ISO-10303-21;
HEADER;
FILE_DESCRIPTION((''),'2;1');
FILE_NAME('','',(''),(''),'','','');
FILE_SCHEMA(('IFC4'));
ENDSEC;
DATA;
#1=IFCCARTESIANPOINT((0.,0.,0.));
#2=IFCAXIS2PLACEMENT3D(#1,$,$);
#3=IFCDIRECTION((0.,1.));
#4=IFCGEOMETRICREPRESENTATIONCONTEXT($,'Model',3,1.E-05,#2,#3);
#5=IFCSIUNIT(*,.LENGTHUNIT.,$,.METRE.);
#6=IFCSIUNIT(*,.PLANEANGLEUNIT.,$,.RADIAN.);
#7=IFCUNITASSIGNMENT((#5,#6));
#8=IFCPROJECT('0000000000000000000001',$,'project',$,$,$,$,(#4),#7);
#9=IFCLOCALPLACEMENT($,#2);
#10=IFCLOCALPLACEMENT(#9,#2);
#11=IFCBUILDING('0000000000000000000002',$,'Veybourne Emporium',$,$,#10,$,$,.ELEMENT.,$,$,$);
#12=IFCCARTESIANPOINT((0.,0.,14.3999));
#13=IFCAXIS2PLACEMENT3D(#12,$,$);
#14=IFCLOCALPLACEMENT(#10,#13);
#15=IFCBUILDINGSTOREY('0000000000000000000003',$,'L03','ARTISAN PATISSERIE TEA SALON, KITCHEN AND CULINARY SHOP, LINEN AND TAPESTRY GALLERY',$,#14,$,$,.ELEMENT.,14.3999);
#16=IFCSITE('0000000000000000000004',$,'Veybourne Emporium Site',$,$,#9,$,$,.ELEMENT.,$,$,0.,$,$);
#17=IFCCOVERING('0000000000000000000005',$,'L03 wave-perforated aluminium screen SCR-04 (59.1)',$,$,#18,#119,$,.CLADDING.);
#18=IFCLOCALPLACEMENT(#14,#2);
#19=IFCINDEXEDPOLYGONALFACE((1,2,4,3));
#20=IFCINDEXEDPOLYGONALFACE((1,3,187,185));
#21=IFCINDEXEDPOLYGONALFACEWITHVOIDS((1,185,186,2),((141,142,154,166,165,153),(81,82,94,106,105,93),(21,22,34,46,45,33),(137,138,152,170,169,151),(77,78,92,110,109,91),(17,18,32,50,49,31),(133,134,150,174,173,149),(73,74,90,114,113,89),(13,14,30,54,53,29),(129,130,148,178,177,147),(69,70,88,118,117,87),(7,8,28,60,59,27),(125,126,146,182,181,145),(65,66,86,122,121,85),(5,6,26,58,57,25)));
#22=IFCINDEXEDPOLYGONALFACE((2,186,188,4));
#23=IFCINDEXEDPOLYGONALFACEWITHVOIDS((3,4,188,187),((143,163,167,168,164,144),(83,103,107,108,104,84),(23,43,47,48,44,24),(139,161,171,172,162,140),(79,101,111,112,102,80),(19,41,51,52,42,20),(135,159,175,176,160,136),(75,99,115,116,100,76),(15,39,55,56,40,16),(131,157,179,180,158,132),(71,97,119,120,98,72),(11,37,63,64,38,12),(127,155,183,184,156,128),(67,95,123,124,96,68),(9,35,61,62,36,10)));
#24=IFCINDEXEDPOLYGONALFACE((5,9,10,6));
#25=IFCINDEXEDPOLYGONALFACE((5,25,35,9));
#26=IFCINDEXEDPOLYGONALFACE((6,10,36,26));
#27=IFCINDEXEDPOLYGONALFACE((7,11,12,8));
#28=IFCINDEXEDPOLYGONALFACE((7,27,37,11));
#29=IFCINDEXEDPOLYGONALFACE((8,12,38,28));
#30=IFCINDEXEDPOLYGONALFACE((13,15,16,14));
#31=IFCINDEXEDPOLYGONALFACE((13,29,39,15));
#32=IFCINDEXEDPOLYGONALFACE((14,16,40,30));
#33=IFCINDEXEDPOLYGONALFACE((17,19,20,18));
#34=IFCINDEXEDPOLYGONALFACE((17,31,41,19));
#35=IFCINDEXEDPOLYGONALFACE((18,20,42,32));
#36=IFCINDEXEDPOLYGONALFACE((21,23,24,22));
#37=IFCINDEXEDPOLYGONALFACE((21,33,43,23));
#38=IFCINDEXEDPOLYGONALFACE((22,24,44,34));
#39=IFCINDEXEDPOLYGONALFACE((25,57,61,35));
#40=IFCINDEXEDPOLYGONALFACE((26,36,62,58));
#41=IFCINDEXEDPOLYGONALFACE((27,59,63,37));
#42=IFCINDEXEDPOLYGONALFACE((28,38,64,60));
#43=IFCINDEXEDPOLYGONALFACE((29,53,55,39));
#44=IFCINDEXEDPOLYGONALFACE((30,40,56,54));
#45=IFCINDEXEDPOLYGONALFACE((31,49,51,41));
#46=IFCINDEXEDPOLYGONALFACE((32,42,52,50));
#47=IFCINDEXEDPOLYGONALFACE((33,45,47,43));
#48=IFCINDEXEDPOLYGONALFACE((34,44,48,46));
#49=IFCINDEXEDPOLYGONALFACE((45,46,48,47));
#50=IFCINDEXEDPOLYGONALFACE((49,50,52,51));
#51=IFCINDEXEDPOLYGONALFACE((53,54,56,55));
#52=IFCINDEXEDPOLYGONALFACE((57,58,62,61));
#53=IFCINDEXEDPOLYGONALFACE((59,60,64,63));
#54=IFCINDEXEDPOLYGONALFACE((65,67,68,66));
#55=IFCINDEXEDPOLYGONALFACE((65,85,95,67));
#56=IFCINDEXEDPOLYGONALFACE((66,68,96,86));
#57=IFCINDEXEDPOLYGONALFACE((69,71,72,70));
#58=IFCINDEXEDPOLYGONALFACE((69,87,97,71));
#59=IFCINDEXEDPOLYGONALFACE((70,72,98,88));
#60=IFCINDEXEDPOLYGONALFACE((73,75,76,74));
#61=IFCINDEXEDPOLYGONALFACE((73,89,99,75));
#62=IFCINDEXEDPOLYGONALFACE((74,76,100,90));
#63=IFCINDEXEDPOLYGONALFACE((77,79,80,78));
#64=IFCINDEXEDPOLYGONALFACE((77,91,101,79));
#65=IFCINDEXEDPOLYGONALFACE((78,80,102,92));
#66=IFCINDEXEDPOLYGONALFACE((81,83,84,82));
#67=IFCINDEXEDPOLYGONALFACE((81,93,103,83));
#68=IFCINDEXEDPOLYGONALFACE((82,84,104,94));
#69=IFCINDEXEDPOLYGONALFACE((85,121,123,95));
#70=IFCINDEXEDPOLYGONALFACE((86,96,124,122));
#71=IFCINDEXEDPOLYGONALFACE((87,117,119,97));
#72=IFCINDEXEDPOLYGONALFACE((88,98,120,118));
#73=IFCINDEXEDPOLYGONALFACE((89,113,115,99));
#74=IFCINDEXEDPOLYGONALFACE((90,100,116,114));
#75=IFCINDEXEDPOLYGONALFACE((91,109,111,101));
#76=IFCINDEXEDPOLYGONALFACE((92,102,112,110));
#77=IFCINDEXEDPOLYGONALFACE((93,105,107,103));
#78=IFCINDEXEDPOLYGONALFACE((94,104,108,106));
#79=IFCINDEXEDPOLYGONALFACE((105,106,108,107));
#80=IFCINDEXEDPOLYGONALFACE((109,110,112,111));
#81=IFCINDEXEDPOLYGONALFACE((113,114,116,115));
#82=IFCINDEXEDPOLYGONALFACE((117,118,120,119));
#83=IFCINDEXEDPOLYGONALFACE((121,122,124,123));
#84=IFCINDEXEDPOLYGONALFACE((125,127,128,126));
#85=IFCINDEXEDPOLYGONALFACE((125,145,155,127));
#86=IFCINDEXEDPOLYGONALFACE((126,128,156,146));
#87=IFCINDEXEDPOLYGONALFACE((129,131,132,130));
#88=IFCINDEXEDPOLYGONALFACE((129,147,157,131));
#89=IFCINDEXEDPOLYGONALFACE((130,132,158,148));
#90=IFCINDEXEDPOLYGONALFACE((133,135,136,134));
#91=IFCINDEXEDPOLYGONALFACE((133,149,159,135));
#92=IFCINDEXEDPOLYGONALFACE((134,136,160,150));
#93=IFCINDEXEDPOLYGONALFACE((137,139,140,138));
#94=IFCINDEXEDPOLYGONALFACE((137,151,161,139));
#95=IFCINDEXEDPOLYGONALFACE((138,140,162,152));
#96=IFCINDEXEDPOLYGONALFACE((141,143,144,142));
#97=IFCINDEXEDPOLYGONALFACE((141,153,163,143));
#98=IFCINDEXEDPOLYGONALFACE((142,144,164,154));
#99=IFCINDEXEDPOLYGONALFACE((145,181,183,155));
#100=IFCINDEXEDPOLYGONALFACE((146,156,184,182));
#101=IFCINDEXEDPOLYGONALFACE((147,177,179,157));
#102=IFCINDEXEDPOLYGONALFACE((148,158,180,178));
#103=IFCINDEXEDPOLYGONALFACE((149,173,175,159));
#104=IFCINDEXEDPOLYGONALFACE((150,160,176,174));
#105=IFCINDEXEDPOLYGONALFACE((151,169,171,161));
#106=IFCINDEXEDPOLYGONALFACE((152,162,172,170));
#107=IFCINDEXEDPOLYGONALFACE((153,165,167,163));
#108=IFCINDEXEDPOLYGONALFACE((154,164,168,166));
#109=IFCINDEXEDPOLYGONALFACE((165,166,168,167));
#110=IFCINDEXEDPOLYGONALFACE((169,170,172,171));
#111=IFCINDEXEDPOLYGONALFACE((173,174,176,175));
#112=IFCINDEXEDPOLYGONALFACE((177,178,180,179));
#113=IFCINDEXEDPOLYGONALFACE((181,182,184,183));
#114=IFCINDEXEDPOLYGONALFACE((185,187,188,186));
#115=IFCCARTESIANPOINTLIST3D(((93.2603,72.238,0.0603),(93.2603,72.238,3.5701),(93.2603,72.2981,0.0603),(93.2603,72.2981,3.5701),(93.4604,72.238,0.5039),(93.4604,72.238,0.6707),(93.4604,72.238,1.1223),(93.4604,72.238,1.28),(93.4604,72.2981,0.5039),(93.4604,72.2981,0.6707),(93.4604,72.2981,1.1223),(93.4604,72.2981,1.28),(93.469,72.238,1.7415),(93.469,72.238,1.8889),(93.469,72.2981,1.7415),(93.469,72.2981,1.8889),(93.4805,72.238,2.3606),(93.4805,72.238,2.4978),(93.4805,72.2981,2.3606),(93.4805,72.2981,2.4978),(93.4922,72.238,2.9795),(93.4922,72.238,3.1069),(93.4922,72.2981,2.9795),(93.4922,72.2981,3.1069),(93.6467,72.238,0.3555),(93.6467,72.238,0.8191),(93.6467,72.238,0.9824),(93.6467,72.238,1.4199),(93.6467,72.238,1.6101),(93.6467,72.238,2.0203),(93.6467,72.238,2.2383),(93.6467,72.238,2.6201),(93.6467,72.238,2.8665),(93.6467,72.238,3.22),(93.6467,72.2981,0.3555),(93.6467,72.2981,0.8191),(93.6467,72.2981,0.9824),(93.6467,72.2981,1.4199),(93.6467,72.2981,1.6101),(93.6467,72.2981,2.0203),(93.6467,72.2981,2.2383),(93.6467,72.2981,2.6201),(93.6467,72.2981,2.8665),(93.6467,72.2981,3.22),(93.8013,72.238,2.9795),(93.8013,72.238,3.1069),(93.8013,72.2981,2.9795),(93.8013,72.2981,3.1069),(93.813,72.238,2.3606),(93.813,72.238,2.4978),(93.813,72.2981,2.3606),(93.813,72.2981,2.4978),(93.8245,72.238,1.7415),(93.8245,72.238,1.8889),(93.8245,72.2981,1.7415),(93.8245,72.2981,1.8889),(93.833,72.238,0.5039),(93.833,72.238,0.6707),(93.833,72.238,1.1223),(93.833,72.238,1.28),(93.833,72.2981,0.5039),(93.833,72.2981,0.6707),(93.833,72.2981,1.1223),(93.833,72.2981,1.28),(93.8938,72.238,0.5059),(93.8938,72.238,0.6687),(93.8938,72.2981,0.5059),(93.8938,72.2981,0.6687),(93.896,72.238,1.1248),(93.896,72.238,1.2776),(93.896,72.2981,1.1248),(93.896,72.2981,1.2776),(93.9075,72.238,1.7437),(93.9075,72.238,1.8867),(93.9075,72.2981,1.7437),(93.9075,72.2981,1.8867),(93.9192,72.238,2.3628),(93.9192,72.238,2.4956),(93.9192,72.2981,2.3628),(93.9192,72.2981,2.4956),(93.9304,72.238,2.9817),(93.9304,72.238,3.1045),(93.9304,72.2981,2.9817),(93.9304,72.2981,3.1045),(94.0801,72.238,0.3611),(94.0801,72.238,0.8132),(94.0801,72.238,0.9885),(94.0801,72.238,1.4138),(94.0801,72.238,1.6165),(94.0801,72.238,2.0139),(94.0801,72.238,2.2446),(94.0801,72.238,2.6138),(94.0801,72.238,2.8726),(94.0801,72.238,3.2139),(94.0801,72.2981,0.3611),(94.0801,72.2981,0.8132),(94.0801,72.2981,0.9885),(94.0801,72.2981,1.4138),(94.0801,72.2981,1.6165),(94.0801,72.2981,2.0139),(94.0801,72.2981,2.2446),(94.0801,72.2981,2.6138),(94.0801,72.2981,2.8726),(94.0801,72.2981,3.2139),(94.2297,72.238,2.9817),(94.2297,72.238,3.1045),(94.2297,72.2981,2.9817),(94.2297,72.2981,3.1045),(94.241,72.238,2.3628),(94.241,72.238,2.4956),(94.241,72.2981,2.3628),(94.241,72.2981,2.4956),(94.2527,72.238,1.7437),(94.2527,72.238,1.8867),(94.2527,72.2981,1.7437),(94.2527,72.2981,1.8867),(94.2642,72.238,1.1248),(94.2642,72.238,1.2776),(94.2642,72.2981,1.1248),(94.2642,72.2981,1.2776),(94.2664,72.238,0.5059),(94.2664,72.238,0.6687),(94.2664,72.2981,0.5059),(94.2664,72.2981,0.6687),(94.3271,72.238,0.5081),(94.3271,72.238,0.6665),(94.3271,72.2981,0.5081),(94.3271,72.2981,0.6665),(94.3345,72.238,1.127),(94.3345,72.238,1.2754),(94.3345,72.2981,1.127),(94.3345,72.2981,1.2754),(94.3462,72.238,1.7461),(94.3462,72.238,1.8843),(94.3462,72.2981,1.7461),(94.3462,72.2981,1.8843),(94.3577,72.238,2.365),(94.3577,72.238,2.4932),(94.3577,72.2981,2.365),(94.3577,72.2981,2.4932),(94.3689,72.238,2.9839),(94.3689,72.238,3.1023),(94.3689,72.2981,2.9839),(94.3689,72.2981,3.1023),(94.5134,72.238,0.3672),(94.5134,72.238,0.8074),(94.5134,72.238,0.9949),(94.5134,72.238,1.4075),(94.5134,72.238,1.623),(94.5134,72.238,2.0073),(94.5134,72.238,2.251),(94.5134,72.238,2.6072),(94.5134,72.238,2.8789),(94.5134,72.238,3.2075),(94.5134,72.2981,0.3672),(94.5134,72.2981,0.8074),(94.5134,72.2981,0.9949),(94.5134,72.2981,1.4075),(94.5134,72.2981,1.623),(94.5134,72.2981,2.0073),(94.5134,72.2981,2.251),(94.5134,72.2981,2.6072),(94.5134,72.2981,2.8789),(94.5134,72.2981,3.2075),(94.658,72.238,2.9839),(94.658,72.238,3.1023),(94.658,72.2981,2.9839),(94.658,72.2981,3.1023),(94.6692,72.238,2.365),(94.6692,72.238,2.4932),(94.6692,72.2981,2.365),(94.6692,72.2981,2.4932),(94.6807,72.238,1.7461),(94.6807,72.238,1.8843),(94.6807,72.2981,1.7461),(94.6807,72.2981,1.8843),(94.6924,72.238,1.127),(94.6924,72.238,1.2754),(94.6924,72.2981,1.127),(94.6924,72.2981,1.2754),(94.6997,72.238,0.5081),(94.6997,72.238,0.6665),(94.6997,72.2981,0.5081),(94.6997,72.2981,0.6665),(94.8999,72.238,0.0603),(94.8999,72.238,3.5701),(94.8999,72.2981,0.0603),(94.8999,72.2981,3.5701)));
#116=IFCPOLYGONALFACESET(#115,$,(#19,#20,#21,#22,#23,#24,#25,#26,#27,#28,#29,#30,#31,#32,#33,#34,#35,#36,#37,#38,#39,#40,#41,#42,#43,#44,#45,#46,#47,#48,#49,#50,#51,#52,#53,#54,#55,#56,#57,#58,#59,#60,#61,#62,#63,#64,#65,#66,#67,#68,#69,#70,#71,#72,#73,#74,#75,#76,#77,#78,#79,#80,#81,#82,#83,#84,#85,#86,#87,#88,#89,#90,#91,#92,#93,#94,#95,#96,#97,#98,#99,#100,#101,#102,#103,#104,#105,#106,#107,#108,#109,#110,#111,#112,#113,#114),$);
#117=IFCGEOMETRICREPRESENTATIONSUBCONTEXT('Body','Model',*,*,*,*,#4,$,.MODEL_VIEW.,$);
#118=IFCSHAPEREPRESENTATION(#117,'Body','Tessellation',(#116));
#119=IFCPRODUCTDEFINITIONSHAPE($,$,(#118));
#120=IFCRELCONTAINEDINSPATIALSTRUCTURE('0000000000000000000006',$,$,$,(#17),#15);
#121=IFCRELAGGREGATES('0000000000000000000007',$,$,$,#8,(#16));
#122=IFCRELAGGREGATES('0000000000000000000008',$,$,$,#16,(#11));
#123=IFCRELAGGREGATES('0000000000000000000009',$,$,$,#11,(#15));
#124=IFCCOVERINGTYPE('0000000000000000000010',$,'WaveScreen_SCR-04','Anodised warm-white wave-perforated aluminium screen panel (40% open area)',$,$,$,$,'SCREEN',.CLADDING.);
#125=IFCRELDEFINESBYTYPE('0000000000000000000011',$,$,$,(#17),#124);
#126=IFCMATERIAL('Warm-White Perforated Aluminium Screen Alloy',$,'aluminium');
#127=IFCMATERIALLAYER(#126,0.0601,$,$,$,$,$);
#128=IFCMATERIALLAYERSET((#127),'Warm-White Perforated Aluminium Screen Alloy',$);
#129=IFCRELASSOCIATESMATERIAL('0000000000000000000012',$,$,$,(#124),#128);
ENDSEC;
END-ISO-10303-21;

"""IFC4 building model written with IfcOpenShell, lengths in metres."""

from ifc_helpers import new_model, si_unit, direction, frame, origin, place, context, subcontext, project, spatial, polyline, outline, extrude, material, layer, layer_set, type_object, element, save


model = new_model("IFC4")

# Units and contexts
model_context = context("Model", 3, precision=1e-05, world=origin(), true_north=direction((0.0, 1.0)))
body_context = subcontext(model_context, "Body", "Model", "MODEL_VIEW")
ifc_project = project(units=[si_unit("LENGTHUNIT", "METRE"), si_unit("PLANEANGLEUNIT", "RADIAN")], contexts=[model_context])

# Site, building, storey
site_placement = place(None, origin())
site = spatial("IfcSite", under=ifc_project, at=site_placement, Name="Veybourne Emporium Site", CompositionType="ELEMENT", RefElevation=0.0)
building_placement = place(site_placement, origin())
building = spatial("IfcBuilding", under=site, at=building_placement, Name="Veybourne Emporium", CompositionType="ELEMENT")
storey_placement = place(building_placement, frame((0.0, 0.0, 14.3999)))
storey = spatial("IfcBuildingStorey", under=building, at=storey_placement, Name="L03", Description="ARTISAN PATISSERIE TEA SALON, KITCHEN AND CULINARY SHOP, LINEN AND TAPESTRY GALLERY", CompositionType="ELEMENT", Elevation=14.3999)

# Covering
ifc_material_1 = material(Name="Warm-White Perforated Aluminium Screen Alloy", Category="aluminium")
ifc_layer_1 = layer(ifc_material_1, 0.0601)
ifc_layer_set_1 = layer_set([ifc_layer_1], Name="Warm-White Perforated Aluminium Screen Alloy")
covering_type_1 = type_object("IfcCoveringType", Name="WaveScreen_SCR-04", Description="Anodised warm-white wave-perforated aluminium screen panel (40% open area)", ElementType="SCREEN", PredefinedType="CLADDING", material=ifc_layer_set_1)
covering_1_placement = place(storey_placement, frame((94.0801, 72.2981, 1.8152), z_axis=(0.0, -1.0, 0.0), x_axis=(1.0, 0.0, 0.0)))
element("IfcCovering", 1, at=covering_1_placement, inside=storey, type_object=covering_type_1, Name="L03 wave-perforated aluminium screen SCR-04 (59.1)", PredefinedType="CLADDING", context=body_context, shape_type="SweptSolid", body=[
    extrude(outline(polyline([(-0.8198, -1.7549), (0.8198, -1.7549), (0.8198, 1.7549), (-0.8198, 1.7549), (-0.8198, -1.7549)]), holes=[polyline([(-0.4333, -0.9961), (-0.2471, -1.1445), (-0.2471, -1.3113), (-0.4333, -1.4597), (-0.6196, -1.3113), (-0.6196, -1.1445), (-0.4333, -0.9961)]), polyline([(-0.4333, -0.3953), (-0.2471, -0.5352), (-0.2471, -0.6929), (-0.4333, -0.8328), (-0.6196, -0.6929), (-0.6196, -0.5352), (-0.4333, -0.3953)]), polyline([(-0.4333, 0.2051), (-0.2556, 0.0737), (-0.2556, -0.0737), (-0.4333, -0.2051), (-0.6111, -0.0737), (-0.6111, 0.0737), (-0.4333, 0.2051)]), polyline([(-0.4333, 0.8049), (-0.2671, 0.6826), (-0.2671, 0.5454), (-0.4333, 0.4231), (-0.5996, 0.5454), (-0.5996, 0.6826), (-0.4333, 0.8049)]), polyline([(-0.4333, 1.4048), (-0.2788, 1.2917), (-0.2788, 1.1643), (-0.4333, 1.0513), (-0.5879, 1.1643), (-0.5879, 1.2917), (-0.4333, 1.4048)]), polyline([(0.0, -1.002), (0.1863, -1.1465), (0.1863, -1.3093), (0.0, -1.4541), (-0.1863, -1.3093), (-0.1863, -1.1465), (0.0, -1.002)]), polyline([(0.0, -0.4014), (0.1841, -0.5376), (0.1841, -0.6904), (0.0, -0.8267), (-0.1841, -0.6904), (-0.1841, -0.5376), (0.0, -0.4014)]), polyline([(0.0, 0.1987), (0.1726, 0.0715), (0.1726, -0.0715), (0.0, -0.1987), (-0.1726, -0.0715), (-0.1726, 0.0715), (0.0, 0.1987)]), polyline([(0.0, 0.7986), (0.1609, 0.6804), (0.1609, 0.5476), (0.0, 0.4294), (-0.1609, 0.5476), (-0.1609, 0.6804), (0.0, 0.7986)]), polyline([(0.0, 1.3987), (0.1497, 1.2893), (0.1497, 1.1665), (0.0, 1.0574), (-0.1497, 1.1665), (-0.1497, 1.2893), (0.0, 1.3987)]), polyline([(0.4333, -1.0078), (0.6196, -1.1487), (0.6196, -1.3071), (0.4333, -1.448), (0.2471, -1.3071), (0.2471, -1.1487), (0.4333, -1.0078)]), polyline([(0.4333, -0.4077), (0.6123, -0.5398), (0.6123, -0.6882), (0.4333, -0.8203), (0.2544, -0.6882), (0.2544, -0.5398), (0.4333, -0.4077)]), polyline([(0.4333, 0.1921), (0.6006, 0.0691), (0.6006, -0.0691), (0.4333, -0.1921), (0.2661, -0.0691), (0.2661, 0.0691), (0.4333, 0.1921)]), polyline([(0.4333, 0.792), (0.5891, 0.678), (0.5891, 0.5498), (0.4333, 0.4358), (0.2776, 0.5498), (0.2776, 0.678), (0.4333, 0.792)]), polyline([(0.4333, 1.3923), (0.5779, 1.2871), (0.5779, 1.1687), (0.4333, 1.0637), (0.2888, 1.1687), (0.2888, 1.2871), (0.4333, 1.3923)])]), origin(), (0.0, 0.0, 1.0), 0.0601),
])

save(model, "model.ifc")
